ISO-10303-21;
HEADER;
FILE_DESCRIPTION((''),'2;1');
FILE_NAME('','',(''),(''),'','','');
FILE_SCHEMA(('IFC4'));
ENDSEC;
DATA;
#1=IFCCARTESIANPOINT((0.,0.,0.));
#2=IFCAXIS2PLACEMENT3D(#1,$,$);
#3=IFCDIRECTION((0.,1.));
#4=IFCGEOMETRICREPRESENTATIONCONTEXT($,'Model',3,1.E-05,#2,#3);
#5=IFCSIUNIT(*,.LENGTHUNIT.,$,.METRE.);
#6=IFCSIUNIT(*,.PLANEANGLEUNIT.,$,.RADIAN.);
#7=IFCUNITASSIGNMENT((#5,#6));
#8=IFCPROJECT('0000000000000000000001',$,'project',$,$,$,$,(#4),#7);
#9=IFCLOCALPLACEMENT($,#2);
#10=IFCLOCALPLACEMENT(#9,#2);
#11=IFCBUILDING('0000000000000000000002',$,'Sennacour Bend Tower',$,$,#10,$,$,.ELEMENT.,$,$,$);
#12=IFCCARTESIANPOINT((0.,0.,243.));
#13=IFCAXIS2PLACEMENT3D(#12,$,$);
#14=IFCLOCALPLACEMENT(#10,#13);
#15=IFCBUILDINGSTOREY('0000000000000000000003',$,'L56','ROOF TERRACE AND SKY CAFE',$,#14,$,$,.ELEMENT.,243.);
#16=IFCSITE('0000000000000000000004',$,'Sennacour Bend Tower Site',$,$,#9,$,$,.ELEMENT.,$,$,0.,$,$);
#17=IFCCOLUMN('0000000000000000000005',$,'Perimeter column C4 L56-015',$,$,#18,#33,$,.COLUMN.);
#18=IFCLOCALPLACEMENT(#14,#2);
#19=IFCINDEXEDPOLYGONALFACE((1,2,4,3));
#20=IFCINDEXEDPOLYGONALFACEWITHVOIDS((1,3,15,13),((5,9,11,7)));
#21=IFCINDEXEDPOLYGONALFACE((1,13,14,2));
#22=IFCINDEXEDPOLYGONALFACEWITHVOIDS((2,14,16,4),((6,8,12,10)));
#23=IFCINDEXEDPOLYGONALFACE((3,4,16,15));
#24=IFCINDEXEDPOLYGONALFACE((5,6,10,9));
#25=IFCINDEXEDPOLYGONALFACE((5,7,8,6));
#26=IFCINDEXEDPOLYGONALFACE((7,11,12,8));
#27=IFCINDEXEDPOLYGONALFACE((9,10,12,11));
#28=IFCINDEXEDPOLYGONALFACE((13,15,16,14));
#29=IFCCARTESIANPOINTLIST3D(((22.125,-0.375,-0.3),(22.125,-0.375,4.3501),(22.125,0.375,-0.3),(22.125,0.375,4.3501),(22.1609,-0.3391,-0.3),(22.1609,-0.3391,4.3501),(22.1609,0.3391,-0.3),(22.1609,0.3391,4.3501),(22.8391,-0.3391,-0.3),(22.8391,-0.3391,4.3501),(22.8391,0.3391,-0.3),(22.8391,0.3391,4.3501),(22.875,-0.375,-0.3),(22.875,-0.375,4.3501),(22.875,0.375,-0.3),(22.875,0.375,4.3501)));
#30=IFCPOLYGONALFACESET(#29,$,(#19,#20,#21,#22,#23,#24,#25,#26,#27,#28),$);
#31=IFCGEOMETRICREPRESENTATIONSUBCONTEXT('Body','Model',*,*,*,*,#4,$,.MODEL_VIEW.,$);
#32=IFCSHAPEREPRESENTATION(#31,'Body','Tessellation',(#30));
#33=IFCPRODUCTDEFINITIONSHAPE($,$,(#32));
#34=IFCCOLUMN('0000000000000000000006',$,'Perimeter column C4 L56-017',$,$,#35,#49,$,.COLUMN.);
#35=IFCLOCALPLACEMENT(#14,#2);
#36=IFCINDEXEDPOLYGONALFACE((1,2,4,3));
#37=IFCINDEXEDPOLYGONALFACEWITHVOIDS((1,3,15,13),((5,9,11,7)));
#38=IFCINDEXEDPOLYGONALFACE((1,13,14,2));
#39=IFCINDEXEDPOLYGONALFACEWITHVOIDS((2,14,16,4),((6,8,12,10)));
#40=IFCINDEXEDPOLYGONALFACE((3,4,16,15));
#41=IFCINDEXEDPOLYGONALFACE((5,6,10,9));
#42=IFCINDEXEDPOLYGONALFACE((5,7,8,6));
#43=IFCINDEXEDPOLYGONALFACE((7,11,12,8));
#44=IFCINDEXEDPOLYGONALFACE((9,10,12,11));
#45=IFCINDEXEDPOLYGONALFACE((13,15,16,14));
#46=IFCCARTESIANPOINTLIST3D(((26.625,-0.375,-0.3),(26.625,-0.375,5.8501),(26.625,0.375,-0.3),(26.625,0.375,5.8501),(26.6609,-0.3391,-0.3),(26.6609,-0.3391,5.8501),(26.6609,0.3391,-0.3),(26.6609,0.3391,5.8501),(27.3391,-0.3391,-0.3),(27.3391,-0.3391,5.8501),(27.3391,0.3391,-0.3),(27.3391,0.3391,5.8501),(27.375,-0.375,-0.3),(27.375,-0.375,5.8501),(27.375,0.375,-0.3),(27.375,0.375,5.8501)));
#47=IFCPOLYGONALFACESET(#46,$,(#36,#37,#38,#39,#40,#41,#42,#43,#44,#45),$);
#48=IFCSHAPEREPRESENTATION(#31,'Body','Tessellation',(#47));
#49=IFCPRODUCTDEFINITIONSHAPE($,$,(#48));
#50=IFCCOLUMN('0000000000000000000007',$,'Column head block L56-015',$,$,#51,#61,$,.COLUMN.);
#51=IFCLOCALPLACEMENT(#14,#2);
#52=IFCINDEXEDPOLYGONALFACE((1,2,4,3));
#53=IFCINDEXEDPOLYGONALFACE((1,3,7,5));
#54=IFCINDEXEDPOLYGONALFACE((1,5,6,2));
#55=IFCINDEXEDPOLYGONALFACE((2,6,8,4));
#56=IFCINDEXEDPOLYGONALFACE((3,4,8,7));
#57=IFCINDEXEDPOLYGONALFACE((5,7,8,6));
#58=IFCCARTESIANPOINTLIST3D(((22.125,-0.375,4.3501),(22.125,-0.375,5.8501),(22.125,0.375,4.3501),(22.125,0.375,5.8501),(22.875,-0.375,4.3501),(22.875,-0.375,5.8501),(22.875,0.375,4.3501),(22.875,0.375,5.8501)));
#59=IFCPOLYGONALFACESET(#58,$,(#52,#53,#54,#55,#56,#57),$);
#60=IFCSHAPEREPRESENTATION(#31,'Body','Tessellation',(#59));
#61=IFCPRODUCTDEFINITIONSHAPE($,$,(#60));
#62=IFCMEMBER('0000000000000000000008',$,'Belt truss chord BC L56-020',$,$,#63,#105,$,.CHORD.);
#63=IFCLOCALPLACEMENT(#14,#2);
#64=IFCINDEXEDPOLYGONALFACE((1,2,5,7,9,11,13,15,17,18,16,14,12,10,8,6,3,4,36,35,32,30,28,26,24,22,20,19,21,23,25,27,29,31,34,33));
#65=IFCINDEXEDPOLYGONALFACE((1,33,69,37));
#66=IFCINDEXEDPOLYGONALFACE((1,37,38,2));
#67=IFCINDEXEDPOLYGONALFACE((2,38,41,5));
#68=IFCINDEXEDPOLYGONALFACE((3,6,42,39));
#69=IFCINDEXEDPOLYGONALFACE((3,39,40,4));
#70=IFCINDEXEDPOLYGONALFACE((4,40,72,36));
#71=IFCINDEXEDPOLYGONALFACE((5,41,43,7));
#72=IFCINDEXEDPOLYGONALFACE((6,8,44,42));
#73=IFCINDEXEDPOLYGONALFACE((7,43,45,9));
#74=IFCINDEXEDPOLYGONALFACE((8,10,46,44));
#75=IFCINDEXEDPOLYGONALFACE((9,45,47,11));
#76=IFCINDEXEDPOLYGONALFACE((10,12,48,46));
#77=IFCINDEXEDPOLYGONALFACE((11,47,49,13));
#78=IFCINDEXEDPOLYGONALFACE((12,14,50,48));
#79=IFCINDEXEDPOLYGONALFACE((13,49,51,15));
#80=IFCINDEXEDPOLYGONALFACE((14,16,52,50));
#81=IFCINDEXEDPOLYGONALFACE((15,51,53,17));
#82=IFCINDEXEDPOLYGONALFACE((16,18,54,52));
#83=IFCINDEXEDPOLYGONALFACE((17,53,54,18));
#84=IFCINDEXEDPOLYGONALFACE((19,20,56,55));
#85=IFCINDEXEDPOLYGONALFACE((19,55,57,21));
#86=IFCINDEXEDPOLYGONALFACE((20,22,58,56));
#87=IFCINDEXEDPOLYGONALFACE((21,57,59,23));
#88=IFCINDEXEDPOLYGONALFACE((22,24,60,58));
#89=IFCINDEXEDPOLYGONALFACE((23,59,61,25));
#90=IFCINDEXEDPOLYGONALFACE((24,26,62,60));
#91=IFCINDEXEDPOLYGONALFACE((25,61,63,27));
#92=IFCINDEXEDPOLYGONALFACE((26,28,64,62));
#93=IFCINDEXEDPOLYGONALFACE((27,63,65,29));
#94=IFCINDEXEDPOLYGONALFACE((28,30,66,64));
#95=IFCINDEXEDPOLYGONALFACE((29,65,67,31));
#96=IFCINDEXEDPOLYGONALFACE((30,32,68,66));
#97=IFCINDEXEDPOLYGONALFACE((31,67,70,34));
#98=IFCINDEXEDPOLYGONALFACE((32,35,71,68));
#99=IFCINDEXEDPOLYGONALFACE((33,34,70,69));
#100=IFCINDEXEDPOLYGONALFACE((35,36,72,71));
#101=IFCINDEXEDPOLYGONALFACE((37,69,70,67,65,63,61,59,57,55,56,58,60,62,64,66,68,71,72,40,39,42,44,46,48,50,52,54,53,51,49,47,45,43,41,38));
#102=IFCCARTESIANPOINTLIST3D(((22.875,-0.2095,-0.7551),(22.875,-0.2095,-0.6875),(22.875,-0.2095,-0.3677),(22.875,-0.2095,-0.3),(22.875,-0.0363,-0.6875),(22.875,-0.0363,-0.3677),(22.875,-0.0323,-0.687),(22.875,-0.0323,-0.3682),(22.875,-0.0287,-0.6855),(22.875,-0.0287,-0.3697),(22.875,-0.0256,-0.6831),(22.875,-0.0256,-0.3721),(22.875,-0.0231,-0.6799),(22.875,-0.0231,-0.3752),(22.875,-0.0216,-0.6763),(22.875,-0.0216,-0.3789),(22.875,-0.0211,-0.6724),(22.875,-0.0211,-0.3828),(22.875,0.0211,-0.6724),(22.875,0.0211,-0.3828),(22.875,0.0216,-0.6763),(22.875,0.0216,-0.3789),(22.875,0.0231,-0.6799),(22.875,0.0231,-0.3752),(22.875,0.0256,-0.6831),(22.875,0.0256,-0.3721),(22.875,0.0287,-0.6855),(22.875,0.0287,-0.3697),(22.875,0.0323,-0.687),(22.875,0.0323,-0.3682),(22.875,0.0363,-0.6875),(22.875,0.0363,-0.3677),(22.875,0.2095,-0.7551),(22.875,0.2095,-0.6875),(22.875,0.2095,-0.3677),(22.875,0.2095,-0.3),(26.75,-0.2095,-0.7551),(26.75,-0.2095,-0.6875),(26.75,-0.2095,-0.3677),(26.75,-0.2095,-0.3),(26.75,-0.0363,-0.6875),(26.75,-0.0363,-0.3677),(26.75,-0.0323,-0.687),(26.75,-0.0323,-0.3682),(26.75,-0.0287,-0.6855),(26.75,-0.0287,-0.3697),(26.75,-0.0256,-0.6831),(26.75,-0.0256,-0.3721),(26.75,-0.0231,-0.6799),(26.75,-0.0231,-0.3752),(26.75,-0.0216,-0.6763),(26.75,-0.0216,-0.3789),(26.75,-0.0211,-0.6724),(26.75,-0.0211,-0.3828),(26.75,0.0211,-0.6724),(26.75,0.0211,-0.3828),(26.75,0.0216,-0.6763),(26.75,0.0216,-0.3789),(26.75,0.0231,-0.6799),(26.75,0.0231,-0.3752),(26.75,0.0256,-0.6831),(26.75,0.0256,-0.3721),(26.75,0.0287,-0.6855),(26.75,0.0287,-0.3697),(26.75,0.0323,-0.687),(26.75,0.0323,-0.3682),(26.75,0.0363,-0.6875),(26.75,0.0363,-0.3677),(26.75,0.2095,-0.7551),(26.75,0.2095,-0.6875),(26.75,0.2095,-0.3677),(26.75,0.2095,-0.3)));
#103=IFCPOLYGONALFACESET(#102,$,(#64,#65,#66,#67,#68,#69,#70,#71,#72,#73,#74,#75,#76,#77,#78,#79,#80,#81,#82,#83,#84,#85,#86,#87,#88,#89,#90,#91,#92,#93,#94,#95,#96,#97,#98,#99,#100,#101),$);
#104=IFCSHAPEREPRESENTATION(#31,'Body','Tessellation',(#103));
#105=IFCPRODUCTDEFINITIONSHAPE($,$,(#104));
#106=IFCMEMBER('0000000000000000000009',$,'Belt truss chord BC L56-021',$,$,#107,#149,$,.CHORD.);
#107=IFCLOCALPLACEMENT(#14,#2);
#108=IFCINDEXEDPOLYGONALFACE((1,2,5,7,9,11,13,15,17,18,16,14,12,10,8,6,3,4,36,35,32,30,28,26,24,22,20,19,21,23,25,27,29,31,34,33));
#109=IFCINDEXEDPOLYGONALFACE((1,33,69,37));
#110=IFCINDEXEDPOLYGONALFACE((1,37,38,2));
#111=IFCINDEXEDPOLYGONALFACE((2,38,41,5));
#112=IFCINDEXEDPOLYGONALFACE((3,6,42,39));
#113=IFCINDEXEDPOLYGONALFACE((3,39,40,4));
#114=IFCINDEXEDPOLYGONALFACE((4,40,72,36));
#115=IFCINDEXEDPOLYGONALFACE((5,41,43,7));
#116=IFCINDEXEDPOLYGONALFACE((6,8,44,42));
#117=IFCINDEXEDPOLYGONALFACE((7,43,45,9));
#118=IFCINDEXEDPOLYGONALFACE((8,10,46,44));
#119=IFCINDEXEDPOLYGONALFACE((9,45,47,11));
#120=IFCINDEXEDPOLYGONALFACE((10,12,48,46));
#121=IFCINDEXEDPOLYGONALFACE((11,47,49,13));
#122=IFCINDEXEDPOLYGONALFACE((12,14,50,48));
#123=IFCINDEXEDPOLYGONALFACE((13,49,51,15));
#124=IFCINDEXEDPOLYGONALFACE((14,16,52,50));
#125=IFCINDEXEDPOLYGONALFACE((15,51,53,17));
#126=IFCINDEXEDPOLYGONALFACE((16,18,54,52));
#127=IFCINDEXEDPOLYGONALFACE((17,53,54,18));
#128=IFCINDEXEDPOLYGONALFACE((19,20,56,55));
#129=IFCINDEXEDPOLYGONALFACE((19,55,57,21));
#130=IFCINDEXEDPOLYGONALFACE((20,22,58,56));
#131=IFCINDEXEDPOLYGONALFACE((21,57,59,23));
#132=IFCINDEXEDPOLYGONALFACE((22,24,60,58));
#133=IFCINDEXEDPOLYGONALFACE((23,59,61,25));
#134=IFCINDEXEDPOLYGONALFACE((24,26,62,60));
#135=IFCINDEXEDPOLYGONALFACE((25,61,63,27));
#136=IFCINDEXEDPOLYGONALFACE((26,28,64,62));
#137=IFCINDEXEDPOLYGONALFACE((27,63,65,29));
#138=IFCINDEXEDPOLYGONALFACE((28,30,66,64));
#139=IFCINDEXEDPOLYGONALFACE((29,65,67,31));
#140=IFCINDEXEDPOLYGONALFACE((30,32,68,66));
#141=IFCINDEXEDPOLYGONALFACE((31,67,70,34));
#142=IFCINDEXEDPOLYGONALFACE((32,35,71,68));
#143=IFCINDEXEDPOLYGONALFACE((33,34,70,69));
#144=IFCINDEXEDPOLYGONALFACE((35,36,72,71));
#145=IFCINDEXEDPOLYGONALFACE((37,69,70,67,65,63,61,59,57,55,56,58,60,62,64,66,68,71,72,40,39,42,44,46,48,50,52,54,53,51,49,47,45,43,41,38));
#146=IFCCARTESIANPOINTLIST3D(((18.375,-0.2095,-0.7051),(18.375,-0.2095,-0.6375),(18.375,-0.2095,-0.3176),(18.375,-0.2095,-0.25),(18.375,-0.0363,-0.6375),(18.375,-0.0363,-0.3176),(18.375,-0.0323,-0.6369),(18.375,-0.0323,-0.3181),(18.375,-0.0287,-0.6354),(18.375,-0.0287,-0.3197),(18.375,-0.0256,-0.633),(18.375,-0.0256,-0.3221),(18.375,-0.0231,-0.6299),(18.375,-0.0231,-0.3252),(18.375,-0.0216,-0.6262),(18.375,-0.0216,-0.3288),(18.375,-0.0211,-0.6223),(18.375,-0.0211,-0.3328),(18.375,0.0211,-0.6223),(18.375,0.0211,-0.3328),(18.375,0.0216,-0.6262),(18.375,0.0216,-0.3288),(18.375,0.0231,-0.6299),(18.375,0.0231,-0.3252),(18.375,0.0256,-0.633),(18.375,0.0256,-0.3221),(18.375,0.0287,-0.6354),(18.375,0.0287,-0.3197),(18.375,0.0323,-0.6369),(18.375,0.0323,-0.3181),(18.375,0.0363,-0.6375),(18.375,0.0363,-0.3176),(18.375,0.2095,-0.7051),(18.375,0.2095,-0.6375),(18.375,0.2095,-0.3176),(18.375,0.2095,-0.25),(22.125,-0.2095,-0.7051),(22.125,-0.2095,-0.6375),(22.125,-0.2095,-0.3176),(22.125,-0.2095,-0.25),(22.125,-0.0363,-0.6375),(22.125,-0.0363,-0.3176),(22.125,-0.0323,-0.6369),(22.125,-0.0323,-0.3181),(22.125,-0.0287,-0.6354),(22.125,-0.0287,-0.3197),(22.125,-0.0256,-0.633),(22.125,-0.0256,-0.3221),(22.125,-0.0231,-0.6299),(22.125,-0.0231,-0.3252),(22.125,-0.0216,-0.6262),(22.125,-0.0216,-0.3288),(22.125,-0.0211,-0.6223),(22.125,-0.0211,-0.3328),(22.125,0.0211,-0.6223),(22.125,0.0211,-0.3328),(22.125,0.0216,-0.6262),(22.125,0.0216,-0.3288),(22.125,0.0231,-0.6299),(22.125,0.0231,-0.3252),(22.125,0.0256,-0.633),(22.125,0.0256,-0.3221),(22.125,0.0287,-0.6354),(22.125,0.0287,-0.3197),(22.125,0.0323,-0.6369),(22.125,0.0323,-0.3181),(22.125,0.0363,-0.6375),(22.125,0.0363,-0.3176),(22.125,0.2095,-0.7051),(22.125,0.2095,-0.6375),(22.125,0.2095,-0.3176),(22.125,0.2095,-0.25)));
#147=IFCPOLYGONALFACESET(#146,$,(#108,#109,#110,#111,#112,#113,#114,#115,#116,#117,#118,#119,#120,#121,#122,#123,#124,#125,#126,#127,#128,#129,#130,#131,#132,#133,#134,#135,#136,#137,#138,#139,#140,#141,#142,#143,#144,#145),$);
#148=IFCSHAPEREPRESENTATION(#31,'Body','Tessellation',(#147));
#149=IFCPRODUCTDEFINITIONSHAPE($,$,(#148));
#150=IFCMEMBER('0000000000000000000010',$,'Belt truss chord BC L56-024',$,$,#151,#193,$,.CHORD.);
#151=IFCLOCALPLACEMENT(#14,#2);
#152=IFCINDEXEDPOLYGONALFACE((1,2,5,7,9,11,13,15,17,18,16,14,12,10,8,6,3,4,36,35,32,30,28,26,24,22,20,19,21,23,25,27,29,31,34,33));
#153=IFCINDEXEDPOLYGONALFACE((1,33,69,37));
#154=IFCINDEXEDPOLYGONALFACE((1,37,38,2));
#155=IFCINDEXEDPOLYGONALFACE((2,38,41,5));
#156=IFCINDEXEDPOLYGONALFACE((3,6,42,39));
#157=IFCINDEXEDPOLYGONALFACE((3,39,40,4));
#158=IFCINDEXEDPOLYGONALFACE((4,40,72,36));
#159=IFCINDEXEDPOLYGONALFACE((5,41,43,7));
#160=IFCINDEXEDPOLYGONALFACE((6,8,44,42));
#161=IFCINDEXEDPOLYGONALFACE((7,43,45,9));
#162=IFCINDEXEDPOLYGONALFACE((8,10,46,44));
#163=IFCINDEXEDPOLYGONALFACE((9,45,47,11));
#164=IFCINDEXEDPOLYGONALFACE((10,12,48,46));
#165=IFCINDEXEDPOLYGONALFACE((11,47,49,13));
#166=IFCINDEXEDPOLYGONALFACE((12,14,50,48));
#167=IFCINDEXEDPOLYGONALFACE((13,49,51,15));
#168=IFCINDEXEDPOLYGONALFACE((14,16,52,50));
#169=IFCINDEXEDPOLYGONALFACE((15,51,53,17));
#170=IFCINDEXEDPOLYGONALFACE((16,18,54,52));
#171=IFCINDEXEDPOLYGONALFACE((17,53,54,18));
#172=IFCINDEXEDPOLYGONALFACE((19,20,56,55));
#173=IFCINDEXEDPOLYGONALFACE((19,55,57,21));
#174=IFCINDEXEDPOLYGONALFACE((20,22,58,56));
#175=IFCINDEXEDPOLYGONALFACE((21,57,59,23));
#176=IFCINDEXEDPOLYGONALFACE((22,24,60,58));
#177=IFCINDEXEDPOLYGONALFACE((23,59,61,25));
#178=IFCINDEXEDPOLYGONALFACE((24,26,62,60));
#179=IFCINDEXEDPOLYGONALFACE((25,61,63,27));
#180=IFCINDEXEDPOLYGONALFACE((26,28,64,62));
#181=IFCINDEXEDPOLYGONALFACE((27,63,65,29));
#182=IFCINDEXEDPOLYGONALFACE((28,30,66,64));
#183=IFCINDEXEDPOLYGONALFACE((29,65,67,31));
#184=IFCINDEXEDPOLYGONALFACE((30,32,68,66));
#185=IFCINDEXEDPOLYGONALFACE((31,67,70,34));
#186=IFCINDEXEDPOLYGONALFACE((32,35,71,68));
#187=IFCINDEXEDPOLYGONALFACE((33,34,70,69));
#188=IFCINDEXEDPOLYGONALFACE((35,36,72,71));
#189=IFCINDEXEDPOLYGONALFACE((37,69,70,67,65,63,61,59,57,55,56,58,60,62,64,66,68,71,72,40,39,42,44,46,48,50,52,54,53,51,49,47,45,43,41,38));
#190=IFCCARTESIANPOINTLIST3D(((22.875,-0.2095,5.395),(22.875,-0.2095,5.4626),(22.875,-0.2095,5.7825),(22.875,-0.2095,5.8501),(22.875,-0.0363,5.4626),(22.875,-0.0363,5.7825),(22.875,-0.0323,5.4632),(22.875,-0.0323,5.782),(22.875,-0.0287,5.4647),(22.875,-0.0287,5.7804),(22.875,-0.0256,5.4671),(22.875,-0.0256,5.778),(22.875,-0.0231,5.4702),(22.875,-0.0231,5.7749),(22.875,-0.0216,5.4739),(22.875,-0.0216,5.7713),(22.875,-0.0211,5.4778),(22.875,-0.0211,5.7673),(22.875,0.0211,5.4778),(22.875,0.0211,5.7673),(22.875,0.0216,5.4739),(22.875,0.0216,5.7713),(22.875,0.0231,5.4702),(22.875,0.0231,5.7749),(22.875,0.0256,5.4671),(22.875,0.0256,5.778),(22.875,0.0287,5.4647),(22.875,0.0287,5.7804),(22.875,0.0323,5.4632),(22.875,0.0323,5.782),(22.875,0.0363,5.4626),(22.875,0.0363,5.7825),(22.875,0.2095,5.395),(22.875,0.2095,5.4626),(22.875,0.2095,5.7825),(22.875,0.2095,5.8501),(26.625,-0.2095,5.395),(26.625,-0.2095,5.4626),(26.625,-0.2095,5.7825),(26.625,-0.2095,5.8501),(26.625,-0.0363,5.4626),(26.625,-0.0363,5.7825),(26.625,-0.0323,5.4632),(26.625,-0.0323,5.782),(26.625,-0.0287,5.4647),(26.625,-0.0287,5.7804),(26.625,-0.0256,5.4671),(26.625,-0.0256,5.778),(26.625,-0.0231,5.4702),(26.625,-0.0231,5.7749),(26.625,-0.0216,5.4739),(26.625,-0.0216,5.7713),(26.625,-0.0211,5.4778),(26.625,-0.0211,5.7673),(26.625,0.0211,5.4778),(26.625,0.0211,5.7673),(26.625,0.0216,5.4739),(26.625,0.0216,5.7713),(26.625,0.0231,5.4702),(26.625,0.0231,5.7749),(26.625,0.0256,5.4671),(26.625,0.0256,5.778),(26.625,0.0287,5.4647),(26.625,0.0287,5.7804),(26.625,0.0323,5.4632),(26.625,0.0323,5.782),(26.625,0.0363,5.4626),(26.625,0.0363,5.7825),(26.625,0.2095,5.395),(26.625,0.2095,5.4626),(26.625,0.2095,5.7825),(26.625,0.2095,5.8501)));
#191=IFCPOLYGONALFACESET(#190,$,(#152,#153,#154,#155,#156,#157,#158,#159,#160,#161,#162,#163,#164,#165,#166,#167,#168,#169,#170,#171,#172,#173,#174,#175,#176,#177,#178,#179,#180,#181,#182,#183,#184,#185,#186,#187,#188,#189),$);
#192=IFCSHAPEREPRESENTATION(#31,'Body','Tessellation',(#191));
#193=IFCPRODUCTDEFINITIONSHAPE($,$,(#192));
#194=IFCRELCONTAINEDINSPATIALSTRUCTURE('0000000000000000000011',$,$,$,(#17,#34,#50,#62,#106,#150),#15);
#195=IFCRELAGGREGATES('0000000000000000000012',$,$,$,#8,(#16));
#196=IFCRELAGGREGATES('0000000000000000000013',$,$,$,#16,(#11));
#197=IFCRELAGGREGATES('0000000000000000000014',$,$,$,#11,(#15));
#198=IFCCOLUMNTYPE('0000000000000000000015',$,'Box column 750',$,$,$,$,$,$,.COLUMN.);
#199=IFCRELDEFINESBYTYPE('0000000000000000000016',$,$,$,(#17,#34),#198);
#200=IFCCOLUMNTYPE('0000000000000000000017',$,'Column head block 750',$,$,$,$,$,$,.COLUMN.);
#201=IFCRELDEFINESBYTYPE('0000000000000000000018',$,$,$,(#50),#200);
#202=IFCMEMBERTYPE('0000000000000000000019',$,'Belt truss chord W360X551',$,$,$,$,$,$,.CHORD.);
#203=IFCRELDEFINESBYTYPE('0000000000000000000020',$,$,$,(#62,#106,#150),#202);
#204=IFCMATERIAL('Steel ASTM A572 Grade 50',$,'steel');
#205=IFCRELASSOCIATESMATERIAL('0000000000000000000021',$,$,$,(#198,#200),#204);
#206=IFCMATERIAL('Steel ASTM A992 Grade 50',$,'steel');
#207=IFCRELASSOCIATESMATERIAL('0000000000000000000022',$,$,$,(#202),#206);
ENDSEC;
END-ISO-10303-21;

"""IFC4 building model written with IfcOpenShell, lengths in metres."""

from ifc_helpers import new_model, si_unit, direction, frame, origin, origin_2d, place, context, subcontext, project, spatial, rectangle, hollow_rectangle, i_section, extrude, material, material_profile, profile_set, type_object, element, save


model = new_model("IFC4")

# Units and contexts
model_context = context("Model", 3, precision=1e-05, world=origin(), true_north=direction((0.0, 1.0)))
body_context = subcontext(model_context, "Body", "Model", "MODEL_VIEW")
ifc_project = project(units=[si_unit("LENGTHUNIT", "METRE"), si_unit("PLANEANGLEUNIT", "RADIAN")], contexts=[model_context])

# Site, building, storey
site_placement = place(None, origin())
site = spatial("IfcSite", under=ifc_project, at=site_placement, Name="Sennacour Bend Tower Site", CompositionType="ELEMENT", RefElevation=0.0)
building_placement = place(site_placement, origin())
building = spatial("IfcBuilding", under=site, at=building_placement, Name="Sennacour Bend Tower", CompositionType="ELEMENT")
storey_placement = place(building_placement, frame((0.0, 0.0, 243.0)))
storey = spatial("IfcBuildingStorey", under=building, at=storey_placement, Name="L56", Description="ROOF TERRACE AND SKY CAFE", CompositionType="ELEMENT", Elevation=243.0)

# Columns
ifc_material_1 = material(Name="Steel ASTM A572 Grade 50", Category="steel")
ifc_material_profile_1 = material_profile(ifc_material_1, hollow_rectangle(XDim=0.75, YDim=0.75, WallThickness=0.0359, at=origin_2d()), Name="Steel ASTM A572 Grade 50", Category="steel")
ifc_profile_set_1 = profile_set([ifc_material_profile_1], Name="Steel ASTM A572 Grade 50")
column_type_1 = type_object("IfcColumnType", Name="Box column 750", PredefinedType="COLUMN", material=ifc_profile_set_1)
column_1_placement = place(storey_placement, frame((22.5, 0.0, -0.3), z_axis=(0.0, 0.0, 1.0), x_axis=(1.0, 0.0, 0.0)))
element("IfcColumn", 1, at=column_1_placement, inside=storey, type_object=column_type_1, Name="Perimeter column C4 L56-015", PredefinedType="COLUMN", context=body_context, shape_type="SweptSolid", body=[
    extrude(hollow_rectangle(XDim=0.75, YDim=0.75, WallThickness=0.0359, at=origin_2d()), origin(), (0.0, 0.0, 1.0), 4.6501),
])
column_2_placement = place(storey_placement, frame((27.0, 0.0, -0.3), z_axis=(0.0, 0.0, 1.0), x_axis=(1.0, 0.0, 0.0)))
element("IfcColumn", 2, at=column_2_placement, inside=storey, type_object=column_type_1, Name="Perimeter column C4 L56-017", PredefinedType="COLUMN", context=body_context, shape_type="SweptSolid", body=[
    extrude(hollow_rectangle(XDim=0.75, YDim=0.75, WallThickness=0.0359, at=origin_2d()), origin(), (0.0, 0.0, 1.0), 6.1501),
])
ifc_material_profile_2 = material_profile(ifc_material_1, rectangle(XDim=0.75, YDim=0.75, at=origin_2d()), Name="Steel ASTM A572 Grade 50", Category="steel")
ifc_profile_set_2 = profile_set([ifc_material_profile_2], Name="Steel ASTM A572 Grade 50")
column_type_2 = type_object("IfcColumnType", Name="Column head block 750", PredefinedType="COLUMN", material=ifc_profile_set_2)
column_3_placement = place(storey_placement, frame((22.5, 0.0, 4.3501), z_axis=(0.0, 0.0, 1.0), x_axis=(1.0, 0.0, 0.0)))
element("IfcColumn", 3, at=column_3_placement, inside=storey, type_object=column_type_2, Name="Column head block L56-015", PredefinedType="COLUMN", context=body_context, shape_type="SweptSolid", body=[
    extrude(rectangle(XDim=0.75, YDim=0.75, at=origin_2d()), origin(), (0.0, 0.0, 1.0), 1.5),
])

# Members
ifc_material_2 = material(Name="Steel ASTM A992 Grade 50", Category="steel")
ifc_material_profile_3 = material_profile(ifc_material_2, i_section(OverallWidth=0.4189, OverallDepth=0.4551, WebThickness=0.0422, FlangeThickness=0.0676, FilletRadius=0.0151, at=origin_2d()), Name="Steel ASTM A992 Grade 50", Category="steel")
ifc_profile_set_3 = profile_set([ifc_material_profile_3], Name="Steel ASTM A992 Grade 50")
member_type_1 = type_object("IfcMemberType", Name="Belt truss chord W360X551", PredefinedType="CHORD", material=ifc_profile_set_3)
member_placement = place(storey_placement, frame((26.75, 0.0, -0.5276), z_axis=(-1.0, 0.0, 0.0), x_axis=(0.0, -1.0, 0.0)))
element("IfcMember", 4, at=member_placement, inside=storey, type_object=member_type_1, Name="Belt truss chord BC L56-020", PredefinedType="CHORD", context=body_context, shape_type="SweptSolid", body=[
    extrude(i_section(OverallWidth=0.4189, OverallDepth=0.4551, WebThickness=0.0422, FlangeThickness=0.0676, FilletRadius=0.0151, at=origin_2d()), origin(), (0.0, 0.0, 1.0), 3.875),
])
for number, where, z_axis, x_axis, name in (
    (5, (22.125, 0.0, -0.4775), (-1.0, 0.0, 0.0), (0.0, -1.0, 0.0), "Belt truss chord BC L56-021"),
    (6, (26.625, 0.0, 5.6226), (-1.0, 0.0, 0.0), (0.0, -1.0, 0.0), "Belt truss chord BC L56-024"),
):
    element("IfcMember", number, at=place(storey_placement, frame(where, z_axis=z_axis, x_axis=x_axis)), inside=storey, type_object=member_type_1, Name=name, PredefinedType="CHORD", context=body_context, shape_type="SweptSolid", body=[
        extrude(i_section(OverallWidth=0.4189, OverallDepth=0.4551, WebThickness=0.0422, FlangeThickness=0.0676, FilletRadius=0.0151, at=origin_2d()), origin(), (0.0, 0.0, 1.0), 3.75),
    ])

save(model, "model.ifc")
